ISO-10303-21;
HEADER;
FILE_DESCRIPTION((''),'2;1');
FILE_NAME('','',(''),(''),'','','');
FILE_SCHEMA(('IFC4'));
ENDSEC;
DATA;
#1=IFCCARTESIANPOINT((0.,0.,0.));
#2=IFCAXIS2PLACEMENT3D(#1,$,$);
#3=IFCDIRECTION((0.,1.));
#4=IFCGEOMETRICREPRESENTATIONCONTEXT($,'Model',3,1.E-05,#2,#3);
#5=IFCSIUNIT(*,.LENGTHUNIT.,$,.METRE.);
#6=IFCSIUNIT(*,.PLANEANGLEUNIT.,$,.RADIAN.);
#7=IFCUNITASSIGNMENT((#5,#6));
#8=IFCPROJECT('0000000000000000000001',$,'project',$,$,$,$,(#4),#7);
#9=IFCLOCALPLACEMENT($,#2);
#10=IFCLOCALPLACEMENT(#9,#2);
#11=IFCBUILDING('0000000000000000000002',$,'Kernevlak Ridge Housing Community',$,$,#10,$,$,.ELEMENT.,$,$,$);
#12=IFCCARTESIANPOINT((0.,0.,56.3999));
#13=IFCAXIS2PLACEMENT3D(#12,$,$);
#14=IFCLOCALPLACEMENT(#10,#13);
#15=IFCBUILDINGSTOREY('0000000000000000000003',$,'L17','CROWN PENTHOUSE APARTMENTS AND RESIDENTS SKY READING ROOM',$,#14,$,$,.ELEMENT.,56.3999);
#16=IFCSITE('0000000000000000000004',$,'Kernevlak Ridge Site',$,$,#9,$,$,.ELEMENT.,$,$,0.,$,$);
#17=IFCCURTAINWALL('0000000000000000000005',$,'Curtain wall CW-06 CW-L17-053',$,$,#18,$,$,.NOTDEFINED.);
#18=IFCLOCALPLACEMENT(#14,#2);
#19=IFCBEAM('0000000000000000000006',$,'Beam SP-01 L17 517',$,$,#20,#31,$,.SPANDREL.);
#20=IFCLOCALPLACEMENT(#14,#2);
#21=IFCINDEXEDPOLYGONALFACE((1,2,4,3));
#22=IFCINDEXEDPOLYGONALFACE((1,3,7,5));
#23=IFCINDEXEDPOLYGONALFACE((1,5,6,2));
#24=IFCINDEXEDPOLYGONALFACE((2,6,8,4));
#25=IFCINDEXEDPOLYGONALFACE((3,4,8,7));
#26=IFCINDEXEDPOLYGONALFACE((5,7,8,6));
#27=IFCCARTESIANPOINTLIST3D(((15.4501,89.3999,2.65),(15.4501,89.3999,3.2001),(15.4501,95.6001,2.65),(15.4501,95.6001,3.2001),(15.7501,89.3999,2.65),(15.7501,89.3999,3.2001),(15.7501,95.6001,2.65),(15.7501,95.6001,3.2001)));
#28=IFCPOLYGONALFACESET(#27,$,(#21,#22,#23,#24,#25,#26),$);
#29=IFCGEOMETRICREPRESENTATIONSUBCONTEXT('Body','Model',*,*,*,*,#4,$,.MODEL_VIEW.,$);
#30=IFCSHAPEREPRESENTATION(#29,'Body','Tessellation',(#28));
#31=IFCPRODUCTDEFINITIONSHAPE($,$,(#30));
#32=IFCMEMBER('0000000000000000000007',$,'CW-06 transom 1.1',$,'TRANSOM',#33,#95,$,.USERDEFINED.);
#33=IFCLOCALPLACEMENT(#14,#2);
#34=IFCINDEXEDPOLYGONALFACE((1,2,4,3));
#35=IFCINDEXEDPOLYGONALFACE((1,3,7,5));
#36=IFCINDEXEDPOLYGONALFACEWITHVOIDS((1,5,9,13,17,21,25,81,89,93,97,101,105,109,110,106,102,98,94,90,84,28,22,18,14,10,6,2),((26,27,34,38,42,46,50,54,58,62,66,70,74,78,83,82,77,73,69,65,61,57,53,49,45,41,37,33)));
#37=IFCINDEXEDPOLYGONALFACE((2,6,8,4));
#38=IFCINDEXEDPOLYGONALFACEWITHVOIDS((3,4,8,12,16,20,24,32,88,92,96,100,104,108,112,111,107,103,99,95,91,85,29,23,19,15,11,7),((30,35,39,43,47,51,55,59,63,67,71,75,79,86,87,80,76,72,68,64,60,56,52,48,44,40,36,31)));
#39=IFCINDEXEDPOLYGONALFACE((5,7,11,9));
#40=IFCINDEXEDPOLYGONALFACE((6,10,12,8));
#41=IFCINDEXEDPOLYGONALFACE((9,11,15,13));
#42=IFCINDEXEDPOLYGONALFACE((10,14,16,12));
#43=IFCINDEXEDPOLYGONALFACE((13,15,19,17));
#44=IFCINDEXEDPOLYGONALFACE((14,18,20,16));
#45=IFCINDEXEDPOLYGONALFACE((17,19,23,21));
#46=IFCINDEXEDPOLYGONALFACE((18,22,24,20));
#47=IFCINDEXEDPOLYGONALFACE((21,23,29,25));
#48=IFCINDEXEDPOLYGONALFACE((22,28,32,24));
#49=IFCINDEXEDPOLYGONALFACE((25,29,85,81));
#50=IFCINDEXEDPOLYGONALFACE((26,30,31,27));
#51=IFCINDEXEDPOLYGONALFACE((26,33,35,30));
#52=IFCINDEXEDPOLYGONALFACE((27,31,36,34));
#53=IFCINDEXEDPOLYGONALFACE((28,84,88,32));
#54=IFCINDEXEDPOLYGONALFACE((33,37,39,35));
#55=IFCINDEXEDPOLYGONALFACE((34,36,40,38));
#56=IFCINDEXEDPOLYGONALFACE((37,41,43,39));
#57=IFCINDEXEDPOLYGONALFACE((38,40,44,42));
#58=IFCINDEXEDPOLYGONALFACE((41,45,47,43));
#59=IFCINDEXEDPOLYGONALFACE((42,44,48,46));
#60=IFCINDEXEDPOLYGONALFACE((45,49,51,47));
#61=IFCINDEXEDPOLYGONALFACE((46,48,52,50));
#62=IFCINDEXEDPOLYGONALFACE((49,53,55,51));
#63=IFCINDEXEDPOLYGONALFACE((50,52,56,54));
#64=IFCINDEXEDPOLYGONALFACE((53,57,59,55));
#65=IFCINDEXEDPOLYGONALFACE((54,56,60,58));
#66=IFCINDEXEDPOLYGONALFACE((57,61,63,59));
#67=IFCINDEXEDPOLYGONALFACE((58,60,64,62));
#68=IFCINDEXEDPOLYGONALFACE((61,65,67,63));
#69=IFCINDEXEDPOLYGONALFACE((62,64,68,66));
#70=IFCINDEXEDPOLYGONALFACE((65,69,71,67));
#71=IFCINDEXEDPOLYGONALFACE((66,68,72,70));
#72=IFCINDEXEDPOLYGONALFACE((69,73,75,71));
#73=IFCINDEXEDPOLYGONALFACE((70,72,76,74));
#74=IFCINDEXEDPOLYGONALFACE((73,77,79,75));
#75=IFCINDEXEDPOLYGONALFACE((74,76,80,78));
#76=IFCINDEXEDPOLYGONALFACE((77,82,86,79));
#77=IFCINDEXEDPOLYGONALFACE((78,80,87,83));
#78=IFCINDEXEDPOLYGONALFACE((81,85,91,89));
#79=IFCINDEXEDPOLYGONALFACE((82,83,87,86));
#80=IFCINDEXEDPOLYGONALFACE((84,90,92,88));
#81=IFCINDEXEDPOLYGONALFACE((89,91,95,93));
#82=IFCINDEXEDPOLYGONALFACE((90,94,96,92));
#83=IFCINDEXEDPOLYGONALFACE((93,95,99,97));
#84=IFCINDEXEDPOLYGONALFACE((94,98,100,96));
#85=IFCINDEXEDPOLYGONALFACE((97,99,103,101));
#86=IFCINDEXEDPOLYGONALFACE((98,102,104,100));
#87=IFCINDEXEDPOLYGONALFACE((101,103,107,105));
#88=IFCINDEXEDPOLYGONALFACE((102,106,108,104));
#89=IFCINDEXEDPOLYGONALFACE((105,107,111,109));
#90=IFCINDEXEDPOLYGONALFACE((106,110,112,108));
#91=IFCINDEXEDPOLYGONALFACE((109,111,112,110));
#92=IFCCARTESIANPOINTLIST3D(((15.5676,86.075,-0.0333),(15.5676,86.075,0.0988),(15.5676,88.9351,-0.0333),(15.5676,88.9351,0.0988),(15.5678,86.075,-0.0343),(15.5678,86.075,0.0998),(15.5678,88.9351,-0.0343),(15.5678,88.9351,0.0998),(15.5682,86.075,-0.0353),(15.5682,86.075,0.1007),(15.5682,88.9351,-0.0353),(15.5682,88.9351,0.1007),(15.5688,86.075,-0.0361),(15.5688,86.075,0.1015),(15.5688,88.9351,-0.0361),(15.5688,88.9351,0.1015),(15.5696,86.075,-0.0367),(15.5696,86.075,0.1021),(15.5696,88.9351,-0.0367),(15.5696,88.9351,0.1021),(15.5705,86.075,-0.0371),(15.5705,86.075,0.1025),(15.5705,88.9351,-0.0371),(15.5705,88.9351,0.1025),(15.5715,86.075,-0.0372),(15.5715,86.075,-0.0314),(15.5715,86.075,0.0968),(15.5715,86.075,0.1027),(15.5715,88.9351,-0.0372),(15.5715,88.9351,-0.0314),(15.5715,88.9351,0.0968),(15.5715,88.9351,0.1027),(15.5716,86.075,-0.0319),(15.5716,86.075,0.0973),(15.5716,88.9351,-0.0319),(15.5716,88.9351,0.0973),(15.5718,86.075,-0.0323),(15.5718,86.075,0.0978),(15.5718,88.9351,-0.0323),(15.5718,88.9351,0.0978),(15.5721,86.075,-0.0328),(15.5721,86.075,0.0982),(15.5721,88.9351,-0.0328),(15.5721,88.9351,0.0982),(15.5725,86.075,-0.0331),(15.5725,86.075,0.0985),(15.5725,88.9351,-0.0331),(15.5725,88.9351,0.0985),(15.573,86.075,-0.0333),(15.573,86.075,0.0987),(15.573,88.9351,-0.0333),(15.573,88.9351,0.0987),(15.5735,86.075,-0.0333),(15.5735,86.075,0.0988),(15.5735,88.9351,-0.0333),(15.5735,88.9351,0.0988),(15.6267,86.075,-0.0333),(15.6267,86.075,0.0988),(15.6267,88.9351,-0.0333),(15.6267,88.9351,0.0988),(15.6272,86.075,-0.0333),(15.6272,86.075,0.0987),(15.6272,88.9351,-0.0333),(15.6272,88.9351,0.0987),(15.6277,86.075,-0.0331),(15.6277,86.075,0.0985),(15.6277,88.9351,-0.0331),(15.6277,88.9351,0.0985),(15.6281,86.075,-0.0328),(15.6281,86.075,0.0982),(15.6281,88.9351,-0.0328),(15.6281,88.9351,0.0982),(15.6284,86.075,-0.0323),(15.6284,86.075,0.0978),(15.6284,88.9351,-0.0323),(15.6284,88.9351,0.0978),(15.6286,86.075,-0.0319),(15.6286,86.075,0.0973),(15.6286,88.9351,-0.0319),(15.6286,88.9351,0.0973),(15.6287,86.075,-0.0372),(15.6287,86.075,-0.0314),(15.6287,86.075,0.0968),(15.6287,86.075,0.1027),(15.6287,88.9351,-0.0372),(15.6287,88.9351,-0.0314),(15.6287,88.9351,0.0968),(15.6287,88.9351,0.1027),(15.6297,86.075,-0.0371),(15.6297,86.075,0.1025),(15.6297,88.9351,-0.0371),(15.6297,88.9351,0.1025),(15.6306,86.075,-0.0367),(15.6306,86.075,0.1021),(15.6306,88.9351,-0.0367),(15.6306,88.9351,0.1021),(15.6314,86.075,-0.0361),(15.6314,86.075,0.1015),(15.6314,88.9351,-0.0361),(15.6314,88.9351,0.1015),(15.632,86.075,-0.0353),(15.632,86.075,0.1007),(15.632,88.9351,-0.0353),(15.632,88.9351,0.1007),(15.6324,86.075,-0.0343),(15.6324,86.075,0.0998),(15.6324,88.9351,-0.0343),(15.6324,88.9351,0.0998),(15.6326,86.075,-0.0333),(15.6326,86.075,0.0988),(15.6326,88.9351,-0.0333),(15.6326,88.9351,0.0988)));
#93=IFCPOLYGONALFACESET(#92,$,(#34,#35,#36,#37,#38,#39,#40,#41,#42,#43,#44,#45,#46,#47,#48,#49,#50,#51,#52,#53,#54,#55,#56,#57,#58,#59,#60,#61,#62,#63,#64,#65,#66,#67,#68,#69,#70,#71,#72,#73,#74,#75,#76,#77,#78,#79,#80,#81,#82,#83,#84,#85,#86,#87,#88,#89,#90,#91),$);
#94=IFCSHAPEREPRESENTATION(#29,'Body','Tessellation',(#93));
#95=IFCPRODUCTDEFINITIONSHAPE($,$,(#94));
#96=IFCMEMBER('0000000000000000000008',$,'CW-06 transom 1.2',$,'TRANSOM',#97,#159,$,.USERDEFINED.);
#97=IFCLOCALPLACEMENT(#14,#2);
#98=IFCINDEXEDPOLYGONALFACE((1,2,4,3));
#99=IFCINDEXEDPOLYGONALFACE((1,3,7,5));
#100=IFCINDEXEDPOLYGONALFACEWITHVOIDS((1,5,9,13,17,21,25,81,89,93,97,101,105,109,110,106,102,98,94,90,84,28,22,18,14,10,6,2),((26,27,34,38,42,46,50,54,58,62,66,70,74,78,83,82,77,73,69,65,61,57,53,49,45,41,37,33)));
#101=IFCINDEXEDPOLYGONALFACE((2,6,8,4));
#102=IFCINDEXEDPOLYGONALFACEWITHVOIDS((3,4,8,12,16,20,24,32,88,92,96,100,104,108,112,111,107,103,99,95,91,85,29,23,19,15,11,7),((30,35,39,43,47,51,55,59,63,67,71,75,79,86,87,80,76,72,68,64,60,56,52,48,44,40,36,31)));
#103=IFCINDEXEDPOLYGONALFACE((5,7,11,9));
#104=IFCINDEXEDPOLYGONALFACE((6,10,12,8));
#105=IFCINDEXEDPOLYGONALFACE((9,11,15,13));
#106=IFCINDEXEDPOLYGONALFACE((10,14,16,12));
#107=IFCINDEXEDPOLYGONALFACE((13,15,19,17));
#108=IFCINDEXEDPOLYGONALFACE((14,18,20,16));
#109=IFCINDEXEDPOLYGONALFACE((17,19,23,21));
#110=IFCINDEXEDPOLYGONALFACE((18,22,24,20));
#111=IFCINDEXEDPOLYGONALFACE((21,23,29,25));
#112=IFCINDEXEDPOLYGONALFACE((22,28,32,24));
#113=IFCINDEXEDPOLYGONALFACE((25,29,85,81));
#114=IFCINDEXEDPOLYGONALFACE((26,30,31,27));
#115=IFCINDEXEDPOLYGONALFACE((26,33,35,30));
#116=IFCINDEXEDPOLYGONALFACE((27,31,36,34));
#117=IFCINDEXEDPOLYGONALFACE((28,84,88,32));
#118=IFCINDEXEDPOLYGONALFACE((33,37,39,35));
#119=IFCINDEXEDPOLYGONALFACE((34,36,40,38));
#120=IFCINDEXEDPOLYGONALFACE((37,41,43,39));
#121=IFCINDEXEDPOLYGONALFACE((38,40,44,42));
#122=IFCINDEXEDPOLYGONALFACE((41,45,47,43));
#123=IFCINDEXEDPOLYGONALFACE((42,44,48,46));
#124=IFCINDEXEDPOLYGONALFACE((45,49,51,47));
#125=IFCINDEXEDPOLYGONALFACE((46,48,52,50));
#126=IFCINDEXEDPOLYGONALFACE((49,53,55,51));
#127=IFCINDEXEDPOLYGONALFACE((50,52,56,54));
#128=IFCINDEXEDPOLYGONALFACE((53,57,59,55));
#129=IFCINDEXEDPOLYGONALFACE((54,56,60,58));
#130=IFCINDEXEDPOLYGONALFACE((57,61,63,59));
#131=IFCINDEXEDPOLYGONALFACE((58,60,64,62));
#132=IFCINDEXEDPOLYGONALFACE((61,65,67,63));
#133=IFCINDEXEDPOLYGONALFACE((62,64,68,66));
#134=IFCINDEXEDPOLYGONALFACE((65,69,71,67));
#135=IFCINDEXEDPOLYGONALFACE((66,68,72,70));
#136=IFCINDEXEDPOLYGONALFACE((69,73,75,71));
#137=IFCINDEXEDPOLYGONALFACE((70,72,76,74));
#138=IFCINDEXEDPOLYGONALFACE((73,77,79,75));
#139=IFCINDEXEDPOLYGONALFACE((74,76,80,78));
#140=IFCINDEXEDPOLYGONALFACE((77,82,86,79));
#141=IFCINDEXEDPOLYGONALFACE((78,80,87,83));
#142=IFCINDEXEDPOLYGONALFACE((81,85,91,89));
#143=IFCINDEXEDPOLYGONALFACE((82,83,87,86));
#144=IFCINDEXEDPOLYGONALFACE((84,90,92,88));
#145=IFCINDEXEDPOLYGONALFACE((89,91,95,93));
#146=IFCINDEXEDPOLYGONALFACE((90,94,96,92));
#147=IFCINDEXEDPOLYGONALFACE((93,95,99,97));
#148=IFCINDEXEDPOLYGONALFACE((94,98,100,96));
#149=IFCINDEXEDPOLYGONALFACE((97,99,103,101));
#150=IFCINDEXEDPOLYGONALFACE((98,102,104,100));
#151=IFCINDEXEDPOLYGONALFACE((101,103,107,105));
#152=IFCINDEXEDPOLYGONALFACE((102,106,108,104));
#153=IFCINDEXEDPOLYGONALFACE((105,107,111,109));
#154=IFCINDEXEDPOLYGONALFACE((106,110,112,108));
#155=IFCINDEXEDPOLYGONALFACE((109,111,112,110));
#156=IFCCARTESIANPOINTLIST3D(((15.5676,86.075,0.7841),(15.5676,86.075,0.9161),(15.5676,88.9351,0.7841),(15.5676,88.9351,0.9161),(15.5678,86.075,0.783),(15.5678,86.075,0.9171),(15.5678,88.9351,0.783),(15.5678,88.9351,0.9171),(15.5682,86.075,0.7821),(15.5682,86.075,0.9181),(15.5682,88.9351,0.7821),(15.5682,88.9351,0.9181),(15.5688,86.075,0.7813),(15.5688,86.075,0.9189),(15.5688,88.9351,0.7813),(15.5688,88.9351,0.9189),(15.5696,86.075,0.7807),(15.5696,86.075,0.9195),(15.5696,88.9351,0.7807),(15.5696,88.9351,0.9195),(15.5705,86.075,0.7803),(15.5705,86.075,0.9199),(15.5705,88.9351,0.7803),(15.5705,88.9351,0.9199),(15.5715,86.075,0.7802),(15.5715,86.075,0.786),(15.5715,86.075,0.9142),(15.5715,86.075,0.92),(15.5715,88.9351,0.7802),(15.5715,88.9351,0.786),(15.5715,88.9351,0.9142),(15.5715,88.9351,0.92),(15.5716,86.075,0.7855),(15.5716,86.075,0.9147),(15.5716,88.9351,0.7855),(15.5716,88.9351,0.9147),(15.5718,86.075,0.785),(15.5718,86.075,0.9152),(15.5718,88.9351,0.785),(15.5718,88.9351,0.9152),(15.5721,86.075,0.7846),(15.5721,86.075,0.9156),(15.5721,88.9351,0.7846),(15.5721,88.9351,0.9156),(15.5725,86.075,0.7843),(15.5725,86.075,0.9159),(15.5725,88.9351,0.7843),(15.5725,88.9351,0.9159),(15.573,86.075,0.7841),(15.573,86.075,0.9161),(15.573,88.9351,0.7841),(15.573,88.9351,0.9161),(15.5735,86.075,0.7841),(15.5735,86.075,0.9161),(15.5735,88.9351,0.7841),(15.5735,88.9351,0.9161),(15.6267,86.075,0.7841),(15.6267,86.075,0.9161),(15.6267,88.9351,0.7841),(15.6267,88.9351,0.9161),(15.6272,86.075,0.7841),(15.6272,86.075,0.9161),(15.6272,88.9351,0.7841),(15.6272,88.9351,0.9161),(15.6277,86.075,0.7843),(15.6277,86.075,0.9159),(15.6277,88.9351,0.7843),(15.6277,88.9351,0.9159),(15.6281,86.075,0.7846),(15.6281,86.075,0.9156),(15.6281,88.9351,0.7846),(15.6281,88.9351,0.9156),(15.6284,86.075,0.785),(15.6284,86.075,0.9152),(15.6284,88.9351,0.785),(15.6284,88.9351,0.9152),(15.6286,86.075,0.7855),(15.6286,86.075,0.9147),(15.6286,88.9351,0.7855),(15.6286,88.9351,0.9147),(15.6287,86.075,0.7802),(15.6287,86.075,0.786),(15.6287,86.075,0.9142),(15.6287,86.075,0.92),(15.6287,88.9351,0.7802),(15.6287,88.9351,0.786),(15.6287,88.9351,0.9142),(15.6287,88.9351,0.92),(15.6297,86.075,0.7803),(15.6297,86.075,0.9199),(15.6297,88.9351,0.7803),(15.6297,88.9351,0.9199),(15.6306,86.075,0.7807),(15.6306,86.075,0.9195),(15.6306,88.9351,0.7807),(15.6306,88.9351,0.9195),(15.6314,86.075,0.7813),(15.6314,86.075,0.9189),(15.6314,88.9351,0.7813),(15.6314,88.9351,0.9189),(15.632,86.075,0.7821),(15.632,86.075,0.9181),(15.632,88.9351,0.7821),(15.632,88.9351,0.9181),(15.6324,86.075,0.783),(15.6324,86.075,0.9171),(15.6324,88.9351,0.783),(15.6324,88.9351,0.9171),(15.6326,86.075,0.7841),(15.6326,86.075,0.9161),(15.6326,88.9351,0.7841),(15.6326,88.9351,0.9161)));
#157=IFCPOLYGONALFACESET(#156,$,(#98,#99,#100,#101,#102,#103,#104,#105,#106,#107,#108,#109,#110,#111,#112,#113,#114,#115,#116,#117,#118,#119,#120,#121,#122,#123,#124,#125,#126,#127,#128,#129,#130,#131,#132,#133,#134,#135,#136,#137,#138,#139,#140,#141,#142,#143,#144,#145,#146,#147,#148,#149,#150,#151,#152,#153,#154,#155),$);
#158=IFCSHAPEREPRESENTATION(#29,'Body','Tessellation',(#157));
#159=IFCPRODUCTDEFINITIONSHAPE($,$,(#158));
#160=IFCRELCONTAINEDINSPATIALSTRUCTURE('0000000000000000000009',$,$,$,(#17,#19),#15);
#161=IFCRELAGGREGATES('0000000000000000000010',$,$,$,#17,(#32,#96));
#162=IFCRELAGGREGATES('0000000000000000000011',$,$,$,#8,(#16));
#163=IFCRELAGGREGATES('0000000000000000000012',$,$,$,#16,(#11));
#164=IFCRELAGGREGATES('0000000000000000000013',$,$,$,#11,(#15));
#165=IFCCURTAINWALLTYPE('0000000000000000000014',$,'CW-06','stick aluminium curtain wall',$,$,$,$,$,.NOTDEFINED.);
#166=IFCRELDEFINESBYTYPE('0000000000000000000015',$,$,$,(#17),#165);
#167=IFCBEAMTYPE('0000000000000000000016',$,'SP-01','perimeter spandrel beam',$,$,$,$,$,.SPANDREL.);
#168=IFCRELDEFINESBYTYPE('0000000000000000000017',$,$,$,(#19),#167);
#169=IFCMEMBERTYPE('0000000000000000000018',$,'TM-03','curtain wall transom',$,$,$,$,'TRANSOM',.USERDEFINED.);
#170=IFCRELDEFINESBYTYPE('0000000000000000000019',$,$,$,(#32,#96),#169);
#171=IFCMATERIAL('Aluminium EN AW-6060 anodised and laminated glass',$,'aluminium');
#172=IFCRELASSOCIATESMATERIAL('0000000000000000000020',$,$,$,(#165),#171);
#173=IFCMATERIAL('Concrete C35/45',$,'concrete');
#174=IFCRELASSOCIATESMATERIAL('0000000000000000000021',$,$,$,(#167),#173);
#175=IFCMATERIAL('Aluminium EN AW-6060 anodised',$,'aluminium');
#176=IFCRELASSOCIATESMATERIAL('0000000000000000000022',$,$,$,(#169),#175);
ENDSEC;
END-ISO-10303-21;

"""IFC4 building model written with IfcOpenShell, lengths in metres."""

from ifc_helpers import new_model, si_unit, direction, frame, origin, origin_2d, place, context, subcontext, project, spatial, rectangle, hollow_rectangle, extrude, material, material_profile, profile_set, type_object, element, aggregate, save


model = new_model("IFC4")

# Units and contexts
model_context = context("Model", 3, precision=1e-05, world=origin(), true_north=direction((0.0, 1.0)))
body_context = subcontext(model_context, "Body", "Model", "MODEL_VIEW")
ifc_project = project(units=[si_unit("LENGTHUNIT", "METRE"), si_unit("PLANEANGLEUNIT", "RADIAN")], contexts=[model_context])

# Site, building, storey
site_placement = place(None, origin())
site = spatial("IfcSite", under=ifc_project, at=site_placement, Name="Kernevlak Ridge Site", CompositionType="ELEMENT", RefElevation=0.0)
building_placement = place(site_placement, origin())
building = spatial("IfcBuilding", under=site, at=building_placement, Name="Kernevlak Ridge Housing Community", CompositionType="ELEMENT")
storey_placement = place(building_placement, frame((0.0, 0.0, 56.3999)))
storey = spatial("IfcBuildingStorey", under=building, at=storey_placement, Name="L17", Description="CROWN PENTHOUSE APARTMENTS AND RESIDENTS SKY READING ROOM", CompositionType="ELEMENT", Elevation=56.3999)

# Shared definitions
ifc_material_1 = material(Name="Concrete C35/45", Category="concrete")

# Curtain wall
ifc_material_2 = material(Name="Aluminium EN AW-6060 anodised and laminated glass", Category="aluminium")
curtain_wall_type = type_object("IfcCurtainWallType", Name="CW-06", Description="stick aluminium curtain wall", PredefinedType="NOTDEFINED", material=ifc_material_2)
curtain_wall_placement = place(storey_placement, origin())
curtain_wall = element("IfcCurtainWall", 1, at=curtain_wall_placement, inside=storey, type_object=curtain_wall_type, Name="Curtain wall CW-06 CW-L17-053", PredefinedType="NOTDEFINED")
ifc_material_3 = material(Name="Aluminium EN AW-6060 anodised", Category="aluminium")

# Beam
ifc_material_profile_1 = material_profile(ifc_material_1, rectangle(XDim=0.3, YDim=0.55, at=origin_2d()), Name="RC 300x550")
ifc_profile_set_1 = profile_set([ifc_material_profile_1], Name="Concrete C35/45")
beam_type_1 = type_object("IfcBeamType", Name="SP-01", Description="perimeter spandrel beam", PredefinedType="SPANDREL", material=ifc_profile_set_1)
beam_1_placement = place(storey_placement, frame((15.6001, 89.3999, 2.925), z_axis=(0.0, 1.0, 0.0), x_axis=(-1.0, 0.0, 0.0)))
element("IfcBeam", 2, at=beam_1_placement, inside=storey, type_object=beam_type_1, Name="Beam SP-01 L17 517", PredefinedType="SPANDREL", context=body_context, shape_type="SweptSolid", body=[
    extrude(rectangle(XDim=0.3, YDim=0.55, at=origin_2d()), origin(), (0.0, 0.0, 1.0), 6.2002),
])

# Members
ifc_material_profile_2 = material_profile(ifc_material_3, hollow_rectangle(XDim=0.0649, YDim=0.1399, WallThickness=0.0039, InnerFilletRadius=0.002, OuterFilletRadius=0.0039, at=origin_2d()), Name="ALU 65x140x4")
ifc_profile_set_2 = profile_set([ifc_material_profile_2], Name="Aluminium EN AW-6060 anodised")
member_type_1 = type_object("IfcMemberType", Name="TM-03", Description="curtain wall transom", ElementType="TRANSOM", PredefinedType="USERDEFINED", material=ifc_profile_set_2)
member_1_placement = place(storey_placement, frame((15.6001, 86.075, 0.0327), z_axis=(0.0, 1.0, 0.0), x_axis=(-1.0, 0.0, 0.0)))
member_1 = element("IfcMember", 3, at=member_1_placement, type_object=member_type_1, Name="CW-06 transom 1.1", ObjectType="TRANSOM", PredefinedType="USERDEFINED", context=body_context, shape_type="SweptSolid", body=[
    extrude(hollow_rectangle(XDim=0.0649, YDim=0.1399, WallThickness=0.0039, InnerFilletRadius=0.002, OuterFilletRadius=0.0039, at=origin_2d()), origin(), (0.0, 0.0, 1.0), 2.8601),
])
member_2_placement = place(storey_placement, frame((15.6001, 86.075, 0.8501), z_axis=(0.0, 1.0, 0.0), x_axis=(-1.0, 0.0, 0.0)))
member_2 = element("IfcMember", 4, at=member_2_placement, type_object=member_type_1, Name="CW-06 transom 1.2", ObjectType="TRANSOM", PredefinedType="USERDEFINED", context=body_context, shape_type="SweptSolid", body=[
    extrude(hollow_rectangle(XDim=0.0649, YDim=0.1399, WallThickness=0.0039, InnerFilletRadius=0.002, OuterFilletRadius=0.0039, at=origin_2d()), origin(), (0.0, 0.0, 1.0), 2.8601),
])

aggregate(curtain_wall, [member_1, member_2])

save(model, "model.ifc")
